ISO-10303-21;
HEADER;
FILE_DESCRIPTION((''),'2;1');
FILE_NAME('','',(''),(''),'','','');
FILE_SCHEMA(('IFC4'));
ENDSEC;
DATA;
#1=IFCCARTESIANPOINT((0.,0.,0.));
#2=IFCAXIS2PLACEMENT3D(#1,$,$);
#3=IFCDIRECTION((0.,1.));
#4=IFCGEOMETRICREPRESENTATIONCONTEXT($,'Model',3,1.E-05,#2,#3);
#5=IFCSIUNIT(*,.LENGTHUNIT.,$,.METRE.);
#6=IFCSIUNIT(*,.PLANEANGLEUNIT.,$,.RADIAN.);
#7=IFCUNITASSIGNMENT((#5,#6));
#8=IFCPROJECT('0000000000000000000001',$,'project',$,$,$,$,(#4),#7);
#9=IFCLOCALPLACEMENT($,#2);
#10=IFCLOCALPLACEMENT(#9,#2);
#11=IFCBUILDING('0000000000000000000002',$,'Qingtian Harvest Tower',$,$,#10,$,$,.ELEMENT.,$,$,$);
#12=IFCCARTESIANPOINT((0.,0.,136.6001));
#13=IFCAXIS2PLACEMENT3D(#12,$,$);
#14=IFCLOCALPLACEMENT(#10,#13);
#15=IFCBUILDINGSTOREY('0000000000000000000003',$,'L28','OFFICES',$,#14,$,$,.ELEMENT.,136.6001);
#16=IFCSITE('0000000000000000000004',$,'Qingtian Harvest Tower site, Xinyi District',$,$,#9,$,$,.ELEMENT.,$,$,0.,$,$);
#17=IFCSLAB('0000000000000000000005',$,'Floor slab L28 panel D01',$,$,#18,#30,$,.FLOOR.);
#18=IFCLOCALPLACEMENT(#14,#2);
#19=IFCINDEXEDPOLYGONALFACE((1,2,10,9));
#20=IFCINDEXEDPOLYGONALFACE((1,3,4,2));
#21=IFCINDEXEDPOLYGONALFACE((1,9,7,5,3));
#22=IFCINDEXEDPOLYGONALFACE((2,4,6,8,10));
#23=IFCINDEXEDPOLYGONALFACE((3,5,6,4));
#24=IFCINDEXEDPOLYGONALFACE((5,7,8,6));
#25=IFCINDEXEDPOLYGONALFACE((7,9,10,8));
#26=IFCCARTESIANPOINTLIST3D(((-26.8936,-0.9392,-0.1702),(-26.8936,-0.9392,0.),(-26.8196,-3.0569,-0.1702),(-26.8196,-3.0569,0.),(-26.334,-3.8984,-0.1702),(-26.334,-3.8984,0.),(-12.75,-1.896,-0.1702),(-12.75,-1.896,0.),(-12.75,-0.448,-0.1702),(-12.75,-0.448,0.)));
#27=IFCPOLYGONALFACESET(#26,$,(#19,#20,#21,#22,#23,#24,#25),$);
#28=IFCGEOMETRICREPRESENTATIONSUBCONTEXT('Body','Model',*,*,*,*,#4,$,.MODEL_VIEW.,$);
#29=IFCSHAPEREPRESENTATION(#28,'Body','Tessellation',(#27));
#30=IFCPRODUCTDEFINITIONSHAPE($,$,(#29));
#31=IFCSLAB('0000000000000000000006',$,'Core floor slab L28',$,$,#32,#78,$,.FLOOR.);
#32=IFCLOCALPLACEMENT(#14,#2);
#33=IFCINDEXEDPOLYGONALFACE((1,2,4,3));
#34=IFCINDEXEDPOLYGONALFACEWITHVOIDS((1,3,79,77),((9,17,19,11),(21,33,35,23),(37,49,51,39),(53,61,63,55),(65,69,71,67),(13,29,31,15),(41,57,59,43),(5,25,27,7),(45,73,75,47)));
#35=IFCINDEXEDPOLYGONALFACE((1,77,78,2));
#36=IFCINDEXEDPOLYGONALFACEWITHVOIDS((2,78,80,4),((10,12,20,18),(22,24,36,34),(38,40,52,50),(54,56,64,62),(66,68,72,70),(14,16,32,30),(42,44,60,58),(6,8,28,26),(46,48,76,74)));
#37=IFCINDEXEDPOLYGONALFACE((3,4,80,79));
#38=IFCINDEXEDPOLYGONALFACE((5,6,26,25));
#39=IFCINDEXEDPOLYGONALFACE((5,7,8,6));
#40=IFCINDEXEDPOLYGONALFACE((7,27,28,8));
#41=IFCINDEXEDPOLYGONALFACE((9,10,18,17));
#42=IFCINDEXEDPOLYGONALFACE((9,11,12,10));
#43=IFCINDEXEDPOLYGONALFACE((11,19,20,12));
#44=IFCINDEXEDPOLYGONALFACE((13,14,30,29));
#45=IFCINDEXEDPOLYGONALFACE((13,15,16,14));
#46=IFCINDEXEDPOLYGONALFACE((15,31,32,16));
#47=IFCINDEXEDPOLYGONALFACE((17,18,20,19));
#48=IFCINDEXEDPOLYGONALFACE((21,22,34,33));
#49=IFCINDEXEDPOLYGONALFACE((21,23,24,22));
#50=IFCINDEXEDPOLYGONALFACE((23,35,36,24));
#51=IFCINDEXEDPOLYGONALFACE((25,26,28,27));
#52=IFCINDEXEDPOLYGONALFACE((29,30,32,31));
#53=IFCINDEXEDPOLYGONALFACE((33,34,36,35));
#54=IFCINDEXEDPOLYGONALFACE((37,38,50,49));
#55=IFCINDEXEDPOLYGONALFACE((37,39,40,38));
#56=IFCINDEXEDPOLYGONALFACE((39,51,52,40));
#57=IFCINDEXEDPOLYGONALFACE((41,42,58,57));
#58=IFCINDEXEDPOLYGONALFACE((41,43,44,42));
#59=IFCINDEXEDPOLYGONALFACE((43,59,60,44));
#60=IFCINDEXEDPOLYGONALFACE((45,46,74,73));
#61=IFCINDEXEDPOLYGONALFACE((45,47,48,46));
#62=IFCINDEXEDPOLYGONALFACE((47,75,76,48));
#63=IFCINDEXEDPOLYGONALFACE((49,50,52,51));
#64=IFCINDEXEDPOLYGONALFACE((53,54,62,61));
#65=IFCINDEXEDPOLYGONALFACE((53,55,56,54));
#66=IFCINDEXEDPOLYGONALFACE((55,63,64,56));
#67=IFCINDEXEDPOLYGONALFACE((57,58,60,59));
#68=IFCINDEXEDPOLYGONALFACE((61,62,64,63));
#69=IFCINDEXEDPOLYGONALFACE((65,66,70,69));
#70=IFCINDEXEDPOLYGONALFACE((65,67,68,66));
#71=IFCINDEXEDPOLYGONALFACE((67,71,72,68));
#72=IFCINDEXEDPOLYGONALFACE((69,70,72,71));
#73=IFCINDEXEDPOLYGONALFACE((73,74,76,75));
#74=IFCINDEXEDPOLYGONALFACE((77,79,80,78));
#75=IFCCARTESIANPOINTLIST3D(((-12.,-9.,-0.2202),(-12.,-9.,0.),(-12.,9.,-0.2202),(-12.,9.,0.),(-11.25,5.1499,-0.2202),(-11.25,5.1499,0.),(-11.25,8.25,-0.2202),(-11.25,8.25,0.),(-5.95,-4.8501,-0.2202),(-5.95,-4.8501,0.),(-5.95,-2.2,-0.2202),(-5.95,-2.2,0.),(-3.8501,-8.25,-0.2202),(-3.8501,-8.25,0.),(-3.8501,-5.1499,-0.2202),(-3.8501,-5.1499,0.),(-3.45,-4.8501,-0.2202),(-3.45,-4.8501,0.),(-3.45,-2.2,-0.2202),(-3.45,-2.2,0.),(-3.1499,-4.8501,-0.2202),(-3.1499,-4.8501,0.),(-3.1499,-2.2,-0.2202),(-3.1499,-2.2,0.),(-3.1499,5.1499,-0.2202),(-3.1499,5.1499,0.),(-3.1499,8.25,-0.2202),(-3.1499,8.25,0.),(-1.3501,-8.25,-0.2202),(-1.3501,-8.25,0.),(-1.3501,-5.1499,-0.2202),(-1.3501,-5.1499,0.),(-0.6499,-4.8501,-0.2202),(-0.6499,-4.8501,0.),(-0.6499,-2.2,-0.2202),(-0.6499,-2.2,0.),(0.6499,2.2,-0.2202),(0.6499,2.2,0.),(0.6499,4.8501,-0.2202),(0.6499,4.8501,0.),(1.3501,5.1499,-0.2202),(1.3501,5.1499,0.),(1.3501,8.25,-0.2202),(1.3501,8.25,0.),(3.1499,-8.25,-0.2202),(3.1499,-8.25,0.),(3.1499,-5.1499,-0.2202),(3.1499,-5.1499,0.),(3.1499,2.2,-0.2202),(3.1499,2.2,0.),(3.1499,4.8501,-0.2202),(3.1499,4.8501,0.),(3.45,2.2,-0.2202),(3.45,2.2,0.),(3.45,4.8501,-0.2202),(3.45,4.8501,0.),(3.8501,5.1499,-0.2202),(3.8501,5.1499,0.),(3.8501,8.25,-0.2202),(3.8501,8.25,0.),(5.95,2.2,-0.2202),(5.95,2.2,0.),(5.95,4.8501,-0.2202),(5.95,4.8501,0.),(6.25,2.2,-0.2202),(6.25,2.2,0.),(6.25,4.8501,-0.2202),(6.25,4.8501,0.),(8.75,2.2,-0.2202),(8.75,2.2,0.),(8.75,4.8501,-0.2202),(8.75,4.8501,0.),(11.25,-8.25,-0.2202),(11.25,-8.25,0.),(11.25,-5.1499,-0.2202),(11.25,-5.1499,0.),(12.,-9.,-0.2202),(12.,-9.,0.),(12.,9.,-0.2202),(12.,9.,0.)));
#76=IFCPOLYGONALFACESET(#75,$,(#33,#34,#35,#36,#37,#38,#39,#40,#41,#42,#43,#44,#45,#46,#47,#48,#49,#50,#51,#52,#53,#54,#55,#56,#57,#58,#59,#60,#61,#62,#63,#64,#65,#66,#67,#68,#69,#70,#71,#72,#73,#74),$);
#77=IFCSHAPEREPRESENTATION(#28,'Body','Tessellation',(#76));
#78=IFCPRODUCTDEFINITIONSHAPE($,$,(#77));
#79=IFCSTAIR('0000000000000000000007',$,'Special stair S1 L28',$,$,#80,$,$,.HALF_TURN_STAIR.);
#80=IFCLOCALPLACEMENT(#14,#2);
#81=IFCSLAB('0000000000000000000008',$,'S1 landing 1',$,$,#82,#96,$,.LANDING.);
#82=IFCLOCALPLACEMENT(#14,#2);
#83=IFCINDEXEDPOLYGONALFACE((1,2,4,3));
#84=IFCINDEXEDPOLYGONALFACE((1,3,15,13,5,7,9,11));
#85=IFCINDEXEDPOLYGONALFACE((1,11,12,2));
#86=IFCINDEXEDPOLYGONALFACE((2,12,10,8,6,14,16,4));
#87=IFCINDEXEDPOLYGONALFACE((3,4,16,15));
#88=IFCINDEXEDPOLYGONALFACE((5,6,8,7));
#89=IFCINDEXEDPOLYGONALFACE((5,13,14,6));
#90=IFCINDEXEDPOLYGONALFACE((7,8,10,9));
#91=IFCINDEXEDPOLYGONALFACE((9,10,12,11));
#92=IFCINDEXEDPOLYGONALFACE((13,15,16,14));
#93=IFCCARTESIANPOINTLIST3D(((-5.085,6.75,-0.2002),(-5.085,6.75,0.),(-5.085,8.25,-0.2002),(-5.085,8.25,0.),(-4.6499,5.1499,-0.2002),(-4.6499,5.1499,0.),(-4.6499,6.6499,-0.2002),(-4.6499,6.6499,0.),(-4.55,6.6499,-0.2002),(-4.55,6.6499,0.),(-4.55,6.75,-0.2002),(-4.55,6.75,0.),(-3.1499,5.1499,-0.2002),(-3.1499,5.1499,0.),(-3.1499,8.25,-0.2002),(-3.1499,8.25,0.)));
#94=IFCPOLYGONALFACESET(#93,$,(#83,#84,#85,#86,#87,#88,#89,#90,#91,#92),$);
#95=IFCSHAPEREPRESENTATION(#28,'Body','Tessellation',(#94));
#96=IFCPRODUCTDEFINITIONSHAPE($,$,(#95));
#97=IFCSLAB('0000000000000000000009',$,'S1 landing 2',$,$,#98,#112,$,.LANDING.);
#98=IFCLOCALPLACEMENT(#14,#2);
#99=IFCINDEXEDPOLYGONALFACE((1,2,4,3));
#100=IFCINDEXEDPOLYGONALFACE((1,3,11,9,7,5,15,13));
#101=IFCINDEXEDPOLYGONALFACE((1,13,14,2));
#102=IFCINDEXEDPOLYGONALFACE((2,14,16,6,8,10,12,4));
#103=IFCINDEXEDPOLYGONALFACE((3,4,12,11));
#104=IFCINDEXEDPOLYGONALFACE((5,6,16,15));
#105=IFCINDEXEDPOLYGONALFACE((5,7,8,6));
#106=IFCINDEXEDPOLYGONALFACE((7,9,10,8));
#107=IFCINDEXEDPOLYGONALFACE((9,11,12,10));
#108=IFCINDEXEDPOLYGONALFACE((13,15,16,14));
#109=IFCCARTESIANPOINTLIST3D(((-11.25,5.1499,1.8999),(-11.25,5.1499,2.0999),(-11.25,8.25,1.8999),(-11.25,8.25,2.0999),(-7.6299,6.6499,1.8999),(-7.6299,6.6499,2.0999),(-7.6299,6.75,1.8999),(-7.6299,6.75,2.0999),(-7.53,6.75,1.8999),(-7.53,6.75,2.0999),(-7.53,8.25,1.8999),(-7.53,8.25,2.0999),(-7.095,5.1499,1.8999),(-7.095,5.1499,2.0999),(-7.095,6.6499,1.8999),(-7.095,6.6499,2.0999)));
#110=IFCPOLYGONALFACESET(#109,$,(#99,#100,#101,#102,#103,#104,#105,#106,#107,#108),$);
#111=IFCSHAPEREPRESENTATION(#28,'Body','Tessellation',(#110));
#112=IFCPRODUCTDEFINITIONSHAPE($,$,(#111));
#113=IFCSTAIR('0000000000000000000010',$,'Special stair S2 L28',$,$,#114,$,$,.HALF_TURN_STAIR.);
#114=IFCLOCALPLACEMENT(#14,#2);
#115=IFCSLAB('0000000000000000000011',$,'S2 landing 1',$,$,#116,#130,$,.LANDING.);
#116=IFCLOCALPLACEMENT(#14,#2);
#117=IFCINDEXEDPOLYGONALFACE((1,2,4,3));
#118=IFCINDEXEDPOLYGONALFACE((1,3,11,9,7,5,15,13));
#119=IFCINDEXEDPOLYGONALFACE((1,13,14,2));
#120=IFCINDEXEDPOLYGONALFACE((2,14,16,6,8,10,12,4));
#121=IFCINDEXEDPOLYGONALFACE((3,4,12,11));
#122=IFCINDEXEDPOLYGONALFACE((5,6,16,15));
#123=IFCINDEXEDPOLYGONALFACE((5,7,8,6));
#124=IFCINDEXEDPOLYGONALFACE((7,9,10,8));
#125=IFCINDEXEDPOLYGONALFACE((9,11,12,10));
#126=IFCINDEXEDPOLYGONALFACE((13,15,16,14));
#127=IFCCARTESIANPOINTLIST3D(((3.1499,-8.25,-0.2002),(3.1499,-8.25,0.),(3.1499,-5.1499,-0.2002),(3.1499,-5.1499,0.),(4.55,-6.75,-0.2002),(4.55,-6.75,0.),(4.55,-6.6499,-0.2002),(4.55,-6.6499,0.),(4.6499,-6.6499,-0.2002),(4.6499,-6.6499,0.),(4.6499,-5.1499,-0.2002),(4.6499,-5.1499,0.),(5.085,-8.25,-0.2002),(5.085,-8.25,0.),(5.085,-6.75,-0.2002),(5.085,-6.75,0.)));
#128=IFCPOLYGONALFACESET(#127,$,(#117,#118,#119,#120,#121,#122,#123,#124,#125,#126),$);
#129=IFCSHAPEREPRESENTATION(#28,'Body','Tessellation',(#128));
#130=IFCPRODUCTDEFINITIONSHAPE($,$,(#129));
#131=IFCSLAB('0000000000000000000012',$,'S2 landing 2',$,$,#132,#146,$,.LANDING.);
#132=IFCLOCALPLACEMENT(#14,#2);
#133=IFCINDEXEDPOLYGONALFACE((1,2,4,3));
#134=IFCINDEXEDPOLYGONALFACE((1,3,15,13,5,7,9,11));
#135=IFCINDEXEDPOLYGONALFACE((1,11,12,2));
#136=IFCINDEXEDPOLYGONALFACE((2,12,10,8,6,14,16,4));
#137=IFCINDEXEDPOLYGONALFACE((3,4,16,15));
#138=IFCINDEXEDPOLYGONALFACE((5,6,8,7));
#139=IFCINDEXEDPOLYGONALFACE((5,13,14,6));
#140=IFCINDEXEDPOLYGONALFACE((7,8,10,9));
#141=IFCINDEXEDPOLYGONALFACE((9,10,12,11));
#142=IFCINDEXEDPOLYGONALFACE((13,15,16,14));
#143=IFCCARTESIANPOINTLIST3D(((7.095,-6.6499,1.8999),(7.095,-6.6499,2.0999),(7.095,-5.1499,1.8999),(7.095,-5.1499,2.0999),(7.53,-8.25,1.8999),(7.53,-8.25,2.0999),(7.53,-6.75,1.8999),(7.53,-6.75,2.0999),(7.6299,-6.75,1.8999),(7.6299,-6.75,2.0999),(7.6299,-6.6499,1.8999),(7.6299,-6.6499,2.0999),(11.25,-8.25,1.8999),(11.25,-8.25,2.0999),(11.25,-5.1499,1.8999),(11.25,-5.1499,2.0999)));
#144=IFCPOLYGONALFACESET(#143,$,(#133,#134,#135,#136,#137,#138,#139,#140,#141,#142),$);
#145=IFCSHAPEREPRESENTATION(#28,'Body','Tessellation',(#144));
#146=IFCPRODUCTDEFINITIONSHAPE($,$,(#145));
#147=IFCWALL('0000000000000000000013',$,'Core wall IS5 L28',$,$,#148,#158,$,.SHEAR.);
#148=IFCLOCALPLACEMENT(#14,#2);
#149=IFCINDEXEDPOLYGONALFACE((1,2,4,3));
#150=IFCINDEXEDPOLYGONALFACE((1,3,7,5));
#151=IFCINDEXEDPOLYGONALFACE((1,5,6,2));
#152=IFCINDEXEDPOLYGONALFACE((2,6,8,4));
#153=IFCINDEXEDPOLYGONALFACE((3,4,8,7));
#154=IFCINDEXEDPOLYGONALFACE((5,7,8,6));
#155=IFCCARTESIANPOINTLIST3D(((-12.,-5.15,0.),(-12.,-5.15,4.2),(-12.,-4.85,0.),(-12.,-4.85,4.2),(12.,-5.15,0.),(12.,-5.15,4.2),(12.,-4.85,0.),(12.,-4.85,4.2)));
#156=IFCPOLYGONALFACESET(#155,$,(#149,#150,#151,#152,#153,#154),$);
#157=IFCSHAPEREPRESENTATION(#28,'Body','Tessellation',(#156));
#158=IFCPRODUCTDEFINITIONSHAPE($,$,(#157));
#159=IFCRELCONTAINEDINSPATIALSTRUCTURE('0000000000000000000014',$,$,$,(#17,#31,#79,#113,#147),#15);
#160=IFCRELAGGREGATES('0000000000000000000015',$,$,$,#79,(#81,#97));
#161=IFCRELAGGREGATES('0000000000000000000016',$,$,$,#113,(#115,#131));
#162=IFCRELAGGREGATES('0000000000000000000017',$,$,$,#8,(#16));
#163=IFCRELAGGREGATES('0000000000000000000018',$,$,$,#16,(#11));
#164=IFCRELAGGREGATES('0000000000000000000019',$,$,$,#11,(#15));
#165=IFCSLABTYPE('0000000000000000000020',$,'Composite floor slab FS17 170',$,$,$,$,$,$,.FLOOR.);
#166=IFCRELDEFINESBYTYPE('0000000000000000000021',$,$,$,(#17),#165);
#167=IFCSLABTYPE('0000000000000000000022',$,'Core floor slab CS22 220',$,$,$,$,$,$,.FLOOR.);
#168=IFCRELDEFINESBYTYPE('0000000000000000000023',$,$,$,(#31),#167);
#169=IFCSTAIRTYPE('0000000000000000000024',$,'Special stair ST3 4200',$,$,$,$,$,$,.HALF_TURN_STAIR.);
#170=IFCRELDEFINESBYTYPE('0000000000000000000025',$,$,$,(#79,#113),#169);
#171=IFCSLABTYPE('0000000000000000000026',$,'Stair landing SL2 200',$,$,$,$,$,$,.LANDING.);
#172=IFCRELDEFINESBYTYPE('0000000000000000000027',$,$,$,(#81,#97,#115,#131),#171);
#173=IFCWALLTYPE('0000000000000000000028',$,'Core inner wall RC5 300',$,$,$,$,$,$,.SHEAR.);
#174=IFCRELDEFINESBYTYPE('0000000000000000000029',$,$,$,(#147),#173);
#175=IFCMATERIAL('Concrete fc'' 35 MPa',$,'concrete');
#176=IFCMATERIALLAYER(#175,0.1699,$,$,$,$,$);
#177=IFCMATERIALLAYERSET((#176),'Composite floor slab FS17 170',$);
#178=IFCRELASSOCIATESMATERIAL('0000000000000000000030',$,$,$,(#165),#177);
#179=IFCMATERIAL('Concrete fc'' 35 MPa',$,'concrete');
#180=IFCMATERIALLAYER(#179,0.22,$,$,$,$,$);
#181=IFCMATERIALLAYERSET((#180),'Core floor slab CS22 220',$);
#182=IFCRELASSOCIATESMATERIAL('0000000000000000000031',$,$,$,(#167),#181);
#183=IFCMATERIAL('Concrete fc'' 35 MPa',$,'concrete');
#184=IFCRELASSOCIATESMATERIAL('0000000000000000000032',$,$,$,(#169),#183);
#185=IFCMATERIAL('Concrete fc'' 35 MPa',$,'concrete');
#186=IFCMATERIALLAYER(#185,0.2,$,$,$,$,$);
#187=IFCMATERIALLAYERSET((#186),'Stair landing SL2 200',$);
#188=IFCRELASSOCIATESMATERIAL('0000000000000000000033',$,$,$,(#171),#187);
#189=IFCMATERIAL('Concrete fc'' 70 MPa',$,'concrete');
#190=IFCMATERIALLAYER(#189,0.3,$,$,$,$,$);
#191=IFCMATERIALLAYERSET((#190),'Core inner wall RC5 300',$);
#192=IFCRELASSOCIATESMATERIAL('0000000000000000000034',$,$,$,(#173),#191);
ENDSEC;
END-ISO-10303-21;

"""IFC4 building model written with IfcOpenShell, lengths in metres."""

from ifc_helpers import new_model, si_unit, direction, frame, frame_2d, origin, place, context, subcontext, project, spatial, polyline, rectangle, outline, extrude, material, layer, layer_set, type_object, element, aggregate, save


model = new_model("IFC4")

# Units and contexts
model_context = context("Model", 3, precision=1e-05, world=origin(), true_north=direction((0.0, 1.0)))
body_context = subcontext(model_context, "Body", "Model", "MODEL_VIEW")
ifc_project = project(units=[si_unit("LENGTHUNIT", "METRE"), si_unit("PLANEANGLEUNIT", "RADIAN")], contexts=[model_context])

# Site, building, storey
site_placement = place(None, origin())
site = spatial("IfcSite", under=ifc_project, at=site_placement, Name="Qingtian Harvest Tower site, Xinyi District", CompositionType="ELEMENT", RefElevation=0.0)
building_placement = place(site_placement, origin())
building = spatial("IfcBuilding", under=site, at=building_placement, Name="Qingtian Harvest Tower", CompositionType="ELEMENT")
storey_placement = place(building_placement, frame((0.0, 0.0, 136.6001)))
storey = spatial("IfcBuildingStorey", under=building, at=storey_placement, Name="L28", Description="OFFICES", CompositionType="ELEMENT", Elevation=136.6001)

# Slabs
ifc_material_1 = material(Name="Concrete fc' 35 MPa", Category="concrete")
ifc_layer_1 = layer(ifc_material_1, 0.1699)
ifc_layer_set_1 = layer_set([ifc_layer_1], Name="Composite floor slab FS17 170")
slab_type_1 = type_object("IfcSlabType", Name="Composite floor slab FS17 170", PredefinedType="FLOOR", material=ifc_layer_set_1)
slab_1_placement = place(storey_placement, frame((0.0, 0.0, -0.1702)))
element("IfcSlab", 1, at=slab_1_placement, inside=storey, type_object=slab_type_1, Name="Floor slab L28 panel D01", PredefinedType="FLOOR", context=body_context, shape_type="SweptSolid", body=[
    extrude(outline(polyline([(-26.8936, -0.9392), (-12.75, -0.448), (-12.75, -1.896), (-26.334, -3.8984), (-26.8196, -3.0569), (-26.8936, -0.9392)])), origin(), (0.0, 0.0, 1.0), 0.1702),
])
ifc_material_2 = material(Name="Concrete fc' 35 MPa", Category="concrete")
ifc_layer_2 = layer(ifc_material_2, 0.22)
ifc_layer_set_2 = layer_set([ifc_layer_2], Name="Core floor slab CS22 220")
slab_type_2 = type_object("IfcSlabType", Name="Core floor slab CS22 220", PredefinedType="FLOOR", material=ifc_layer_set_2)
slab_2_placement = place(storey_placement, frame((0.0, 0.0, -0.2202)))
element("IfcSlab", 2, at=slab_2_placement, inside=storey, type_object=slab_type_2, Name="Core floor slab L28", PredefinedType="FLOOR", context=body_context, shape_type="SweptSolid", body=[
    extrude(outline(polyline([(-12.0, -9.0), (12.0, -9.0), (12.0, 9.0), (-12.0, 9.0), (-12.0, -9.0)]), holes=[polyline([(-11.25, 5.1499), (-3.1499, 5.1499), (-3.1499, 8.25), (-11.25, 8.25), (-11.25, 5.1499)]), polyline([(3.1499, -8.25), (11.25, -8.25), (11.25, -5.1499), (3.1499, -5.1499), (3.1499, -8.25)]), polyline([(1.3501, 5.1499), (3.8501, 5.1499), (3.8501, 8.25), (1.3501, 8.25), (1.3501, 5.1499)]), polyline([(-3.8501, -8.25), (-1.3501, -8.25), (-1.3501, -5.1499), (-3.8501, -5.1499), (-3.8501, -8.25)]), polyline([(0.6499, 2.2), (3.1499, 2.2), (3.1499, 4.8501), (0.6499, 4.8501), (0.6499, 2.2)]), polyline([(3.45, 2.2), (5.95, 2.2), (5.95, 4.8501), (3.45, 4.8501), (3.45, 2.2)]), polyline([(6.25, 2.2), (8.75, 2.2), (8.75, 4.8501), (6.25, 4.8501), (6.25, 2.2)]), polyline([(-5.95, -4.8501), (-3.45, -4.8501), (-3.45, -2.2), (-5.95, -2.2), (-5.95, -4.8501)]), polyline([(-3.1499, -4.8501), (-0.6499, -4.8501), (-0.6499, -2.2), (-3.1499, -2.2), (-3.1499, -4.8501)])]), origin(), (0.0, 0.0, 1.0), 0.2202),
])

# Stairs, slabs
ifc_material_3 = material(Name="Concrete fc' 35 MPa", Category="concrete")
stair_type = type_object("IfcStairType", Name="Special stair ST3 4200", PredefinedType="HALF_TURN_STAIR", material=ifc_material_3)
stair_1_placement = place(storey_placement, origin())
stair_1 = element("IfcStair", 3, at=stair_1_placement, inside=storey, type_object=stair_type, Name="Special stair S1 L28", PredefinedType="HALF_TURN_STAIR")
ifc_material_4 = material(Name="Concrete fc' 35 MPa", Category="concrete")
ifc_layer_3 = layer(ifc_material_4, 0.2)
ifc_layer_set_3 = layer_set([ifc_layer_3], Name="Stair landing SL2 200")
slab_type_3 = type_object("IfcSlabType", Name="Stair landing SL2 200", PredefinedType="LANDING", material=ifc_layer_set_3)
slab_3_placement = place(storey_placement, frame((0.0, 0.0, -0.2002)))
slab_3 = element("IfcSlab", 4, at=slab_3_placement, type_object=slab_type_3, Name="S1 landing 1", PredefinedType="LANDING", context=body_context, shape_type="SweptSolid", body=[
    extrude(outline(polyline([(-4.6499, 5.1499), (-4.6499, 6.6499), (-4.55, 6.6499), (-4.55, 6.75), (-5.085, 6.75), (-5.085, 8.25), (-3.1499, 8.25), (-3.1499, 5.1499), (-4.6499, 5.1499)])), origin(), (0.0, 0.0, 1.0), 0.2002),
])
slab_4_placement = place(storey_placement, frame((0.0, 0.0, 1.8999)))
slab_4 = element("IfcSlab", 5, at=slab_4_placement, type_object=slab_type_3, Name="S1 landing 2", PredefinedType="LANDING", context=body_context, shape_type="SweptSolid", body=[
    extrude(outline(polyline([(-7.095, 5.1499), (-11.25, 5.1499), (-11.25, 8.25), (-7.53, 8.25), (-7.53, 6.75), (-7.6299, 6.75), (-7.6299, 6.6499), (-7.095, 6.6499), (-7.095, 5.1499)])), origin(), (0.0, 0.0, 1.0), 0.2),
])
aggregate(stair_1, [slab_3, slab_4])
stair_2_placement = place(storey_placement, origin())
stair_2 = element("IfcStair", 6, at=stair_2_placement, inside=storey, type_object=stair_type, Name="Special stair S2 L28", PredefinedType="HALF_TURN_STAIR")
slab_5_placement = place(storey_placement, frame((0.0, 0.0, -0.2002)))
slab_5 = element("IfcSlab", 7, at=slab_5_placement, type_object=slab_type_3, Name="S2 landing 1", PredefinedType="LANDING", context=body_context, shape_type="SweptSolid", body=[
    extrude(outline(polyline([(5.085, -8.25), (3.1499, -8.25), (3.1499, -5.1499), (4.6499, -5.1499), (4.6499, -6.6499), (4.55, -6.6499), (4.55, -6.75), (5.085, -6.75), (5.085, -8.25)])), origin(), (0.0, 0.0, 1.0), 0.2002),
])
slab_6_placement = place(storey_placement, frame((0.0, 0.0, 1.8999)))
slab_6 = element("IfcSlab", 8, at=slab_6_placement, type_object=slab_type_3, Name="S2 landing 2", PredefinedType="LANDING", context=body_context, shape_type="SweptSolid", body=[
    extrude(outline(polyline([(7.53, -8.25), (7.53, -6.75), (7.6299, -6.75), (7.6299, -6.6499), (7.095, -6.6499), (7.095, -5.1499), (11.25, -5.1499), (11.25, -8.25), (7.53, -8.25)])), origin(), (0.0, 0.0, 1.0), 0.2),
])
aggregate(stair_2, [slab_5, slab_6])

# Wall
ifc_material_5 = material(Name="Concrete fc' 70 MPa", Category="concrete")
ifc_layer_4 = layer(ifc_material_5, 0.3)
ifc_layer_set_4 = layer_set([ifc_layer_4], Name="Core inner wall RC5 300")
wall_type_1 = type_object("IfcWallType", Name="Core inner wall RC5 300", PredefinedType="SHEAR", material=ifc_layer_set_4)
wall_1_placement = place(storey_placement, frame((-12.0, -5.0, 0.0), z_axis=(0.0, 0.0, 1.0), x_axis=(1.0, 0.0, 0.0)))
element("IfcWall", 9, at=wall_1_placement, inside=storey, type_object=wall_type_1, Name="Core wall IS5 L28", PredefinedType="SHEAR", context=body_context, shape_type="SweptSolid", body=[
    extrude(rectangle(XDim=24.0, YDim=0.3, at=frame_2d((12.0, 0.0))), origin(), (0.0, 0.0, 1.0), 4.2),
])

save(model, "model.ifc")
